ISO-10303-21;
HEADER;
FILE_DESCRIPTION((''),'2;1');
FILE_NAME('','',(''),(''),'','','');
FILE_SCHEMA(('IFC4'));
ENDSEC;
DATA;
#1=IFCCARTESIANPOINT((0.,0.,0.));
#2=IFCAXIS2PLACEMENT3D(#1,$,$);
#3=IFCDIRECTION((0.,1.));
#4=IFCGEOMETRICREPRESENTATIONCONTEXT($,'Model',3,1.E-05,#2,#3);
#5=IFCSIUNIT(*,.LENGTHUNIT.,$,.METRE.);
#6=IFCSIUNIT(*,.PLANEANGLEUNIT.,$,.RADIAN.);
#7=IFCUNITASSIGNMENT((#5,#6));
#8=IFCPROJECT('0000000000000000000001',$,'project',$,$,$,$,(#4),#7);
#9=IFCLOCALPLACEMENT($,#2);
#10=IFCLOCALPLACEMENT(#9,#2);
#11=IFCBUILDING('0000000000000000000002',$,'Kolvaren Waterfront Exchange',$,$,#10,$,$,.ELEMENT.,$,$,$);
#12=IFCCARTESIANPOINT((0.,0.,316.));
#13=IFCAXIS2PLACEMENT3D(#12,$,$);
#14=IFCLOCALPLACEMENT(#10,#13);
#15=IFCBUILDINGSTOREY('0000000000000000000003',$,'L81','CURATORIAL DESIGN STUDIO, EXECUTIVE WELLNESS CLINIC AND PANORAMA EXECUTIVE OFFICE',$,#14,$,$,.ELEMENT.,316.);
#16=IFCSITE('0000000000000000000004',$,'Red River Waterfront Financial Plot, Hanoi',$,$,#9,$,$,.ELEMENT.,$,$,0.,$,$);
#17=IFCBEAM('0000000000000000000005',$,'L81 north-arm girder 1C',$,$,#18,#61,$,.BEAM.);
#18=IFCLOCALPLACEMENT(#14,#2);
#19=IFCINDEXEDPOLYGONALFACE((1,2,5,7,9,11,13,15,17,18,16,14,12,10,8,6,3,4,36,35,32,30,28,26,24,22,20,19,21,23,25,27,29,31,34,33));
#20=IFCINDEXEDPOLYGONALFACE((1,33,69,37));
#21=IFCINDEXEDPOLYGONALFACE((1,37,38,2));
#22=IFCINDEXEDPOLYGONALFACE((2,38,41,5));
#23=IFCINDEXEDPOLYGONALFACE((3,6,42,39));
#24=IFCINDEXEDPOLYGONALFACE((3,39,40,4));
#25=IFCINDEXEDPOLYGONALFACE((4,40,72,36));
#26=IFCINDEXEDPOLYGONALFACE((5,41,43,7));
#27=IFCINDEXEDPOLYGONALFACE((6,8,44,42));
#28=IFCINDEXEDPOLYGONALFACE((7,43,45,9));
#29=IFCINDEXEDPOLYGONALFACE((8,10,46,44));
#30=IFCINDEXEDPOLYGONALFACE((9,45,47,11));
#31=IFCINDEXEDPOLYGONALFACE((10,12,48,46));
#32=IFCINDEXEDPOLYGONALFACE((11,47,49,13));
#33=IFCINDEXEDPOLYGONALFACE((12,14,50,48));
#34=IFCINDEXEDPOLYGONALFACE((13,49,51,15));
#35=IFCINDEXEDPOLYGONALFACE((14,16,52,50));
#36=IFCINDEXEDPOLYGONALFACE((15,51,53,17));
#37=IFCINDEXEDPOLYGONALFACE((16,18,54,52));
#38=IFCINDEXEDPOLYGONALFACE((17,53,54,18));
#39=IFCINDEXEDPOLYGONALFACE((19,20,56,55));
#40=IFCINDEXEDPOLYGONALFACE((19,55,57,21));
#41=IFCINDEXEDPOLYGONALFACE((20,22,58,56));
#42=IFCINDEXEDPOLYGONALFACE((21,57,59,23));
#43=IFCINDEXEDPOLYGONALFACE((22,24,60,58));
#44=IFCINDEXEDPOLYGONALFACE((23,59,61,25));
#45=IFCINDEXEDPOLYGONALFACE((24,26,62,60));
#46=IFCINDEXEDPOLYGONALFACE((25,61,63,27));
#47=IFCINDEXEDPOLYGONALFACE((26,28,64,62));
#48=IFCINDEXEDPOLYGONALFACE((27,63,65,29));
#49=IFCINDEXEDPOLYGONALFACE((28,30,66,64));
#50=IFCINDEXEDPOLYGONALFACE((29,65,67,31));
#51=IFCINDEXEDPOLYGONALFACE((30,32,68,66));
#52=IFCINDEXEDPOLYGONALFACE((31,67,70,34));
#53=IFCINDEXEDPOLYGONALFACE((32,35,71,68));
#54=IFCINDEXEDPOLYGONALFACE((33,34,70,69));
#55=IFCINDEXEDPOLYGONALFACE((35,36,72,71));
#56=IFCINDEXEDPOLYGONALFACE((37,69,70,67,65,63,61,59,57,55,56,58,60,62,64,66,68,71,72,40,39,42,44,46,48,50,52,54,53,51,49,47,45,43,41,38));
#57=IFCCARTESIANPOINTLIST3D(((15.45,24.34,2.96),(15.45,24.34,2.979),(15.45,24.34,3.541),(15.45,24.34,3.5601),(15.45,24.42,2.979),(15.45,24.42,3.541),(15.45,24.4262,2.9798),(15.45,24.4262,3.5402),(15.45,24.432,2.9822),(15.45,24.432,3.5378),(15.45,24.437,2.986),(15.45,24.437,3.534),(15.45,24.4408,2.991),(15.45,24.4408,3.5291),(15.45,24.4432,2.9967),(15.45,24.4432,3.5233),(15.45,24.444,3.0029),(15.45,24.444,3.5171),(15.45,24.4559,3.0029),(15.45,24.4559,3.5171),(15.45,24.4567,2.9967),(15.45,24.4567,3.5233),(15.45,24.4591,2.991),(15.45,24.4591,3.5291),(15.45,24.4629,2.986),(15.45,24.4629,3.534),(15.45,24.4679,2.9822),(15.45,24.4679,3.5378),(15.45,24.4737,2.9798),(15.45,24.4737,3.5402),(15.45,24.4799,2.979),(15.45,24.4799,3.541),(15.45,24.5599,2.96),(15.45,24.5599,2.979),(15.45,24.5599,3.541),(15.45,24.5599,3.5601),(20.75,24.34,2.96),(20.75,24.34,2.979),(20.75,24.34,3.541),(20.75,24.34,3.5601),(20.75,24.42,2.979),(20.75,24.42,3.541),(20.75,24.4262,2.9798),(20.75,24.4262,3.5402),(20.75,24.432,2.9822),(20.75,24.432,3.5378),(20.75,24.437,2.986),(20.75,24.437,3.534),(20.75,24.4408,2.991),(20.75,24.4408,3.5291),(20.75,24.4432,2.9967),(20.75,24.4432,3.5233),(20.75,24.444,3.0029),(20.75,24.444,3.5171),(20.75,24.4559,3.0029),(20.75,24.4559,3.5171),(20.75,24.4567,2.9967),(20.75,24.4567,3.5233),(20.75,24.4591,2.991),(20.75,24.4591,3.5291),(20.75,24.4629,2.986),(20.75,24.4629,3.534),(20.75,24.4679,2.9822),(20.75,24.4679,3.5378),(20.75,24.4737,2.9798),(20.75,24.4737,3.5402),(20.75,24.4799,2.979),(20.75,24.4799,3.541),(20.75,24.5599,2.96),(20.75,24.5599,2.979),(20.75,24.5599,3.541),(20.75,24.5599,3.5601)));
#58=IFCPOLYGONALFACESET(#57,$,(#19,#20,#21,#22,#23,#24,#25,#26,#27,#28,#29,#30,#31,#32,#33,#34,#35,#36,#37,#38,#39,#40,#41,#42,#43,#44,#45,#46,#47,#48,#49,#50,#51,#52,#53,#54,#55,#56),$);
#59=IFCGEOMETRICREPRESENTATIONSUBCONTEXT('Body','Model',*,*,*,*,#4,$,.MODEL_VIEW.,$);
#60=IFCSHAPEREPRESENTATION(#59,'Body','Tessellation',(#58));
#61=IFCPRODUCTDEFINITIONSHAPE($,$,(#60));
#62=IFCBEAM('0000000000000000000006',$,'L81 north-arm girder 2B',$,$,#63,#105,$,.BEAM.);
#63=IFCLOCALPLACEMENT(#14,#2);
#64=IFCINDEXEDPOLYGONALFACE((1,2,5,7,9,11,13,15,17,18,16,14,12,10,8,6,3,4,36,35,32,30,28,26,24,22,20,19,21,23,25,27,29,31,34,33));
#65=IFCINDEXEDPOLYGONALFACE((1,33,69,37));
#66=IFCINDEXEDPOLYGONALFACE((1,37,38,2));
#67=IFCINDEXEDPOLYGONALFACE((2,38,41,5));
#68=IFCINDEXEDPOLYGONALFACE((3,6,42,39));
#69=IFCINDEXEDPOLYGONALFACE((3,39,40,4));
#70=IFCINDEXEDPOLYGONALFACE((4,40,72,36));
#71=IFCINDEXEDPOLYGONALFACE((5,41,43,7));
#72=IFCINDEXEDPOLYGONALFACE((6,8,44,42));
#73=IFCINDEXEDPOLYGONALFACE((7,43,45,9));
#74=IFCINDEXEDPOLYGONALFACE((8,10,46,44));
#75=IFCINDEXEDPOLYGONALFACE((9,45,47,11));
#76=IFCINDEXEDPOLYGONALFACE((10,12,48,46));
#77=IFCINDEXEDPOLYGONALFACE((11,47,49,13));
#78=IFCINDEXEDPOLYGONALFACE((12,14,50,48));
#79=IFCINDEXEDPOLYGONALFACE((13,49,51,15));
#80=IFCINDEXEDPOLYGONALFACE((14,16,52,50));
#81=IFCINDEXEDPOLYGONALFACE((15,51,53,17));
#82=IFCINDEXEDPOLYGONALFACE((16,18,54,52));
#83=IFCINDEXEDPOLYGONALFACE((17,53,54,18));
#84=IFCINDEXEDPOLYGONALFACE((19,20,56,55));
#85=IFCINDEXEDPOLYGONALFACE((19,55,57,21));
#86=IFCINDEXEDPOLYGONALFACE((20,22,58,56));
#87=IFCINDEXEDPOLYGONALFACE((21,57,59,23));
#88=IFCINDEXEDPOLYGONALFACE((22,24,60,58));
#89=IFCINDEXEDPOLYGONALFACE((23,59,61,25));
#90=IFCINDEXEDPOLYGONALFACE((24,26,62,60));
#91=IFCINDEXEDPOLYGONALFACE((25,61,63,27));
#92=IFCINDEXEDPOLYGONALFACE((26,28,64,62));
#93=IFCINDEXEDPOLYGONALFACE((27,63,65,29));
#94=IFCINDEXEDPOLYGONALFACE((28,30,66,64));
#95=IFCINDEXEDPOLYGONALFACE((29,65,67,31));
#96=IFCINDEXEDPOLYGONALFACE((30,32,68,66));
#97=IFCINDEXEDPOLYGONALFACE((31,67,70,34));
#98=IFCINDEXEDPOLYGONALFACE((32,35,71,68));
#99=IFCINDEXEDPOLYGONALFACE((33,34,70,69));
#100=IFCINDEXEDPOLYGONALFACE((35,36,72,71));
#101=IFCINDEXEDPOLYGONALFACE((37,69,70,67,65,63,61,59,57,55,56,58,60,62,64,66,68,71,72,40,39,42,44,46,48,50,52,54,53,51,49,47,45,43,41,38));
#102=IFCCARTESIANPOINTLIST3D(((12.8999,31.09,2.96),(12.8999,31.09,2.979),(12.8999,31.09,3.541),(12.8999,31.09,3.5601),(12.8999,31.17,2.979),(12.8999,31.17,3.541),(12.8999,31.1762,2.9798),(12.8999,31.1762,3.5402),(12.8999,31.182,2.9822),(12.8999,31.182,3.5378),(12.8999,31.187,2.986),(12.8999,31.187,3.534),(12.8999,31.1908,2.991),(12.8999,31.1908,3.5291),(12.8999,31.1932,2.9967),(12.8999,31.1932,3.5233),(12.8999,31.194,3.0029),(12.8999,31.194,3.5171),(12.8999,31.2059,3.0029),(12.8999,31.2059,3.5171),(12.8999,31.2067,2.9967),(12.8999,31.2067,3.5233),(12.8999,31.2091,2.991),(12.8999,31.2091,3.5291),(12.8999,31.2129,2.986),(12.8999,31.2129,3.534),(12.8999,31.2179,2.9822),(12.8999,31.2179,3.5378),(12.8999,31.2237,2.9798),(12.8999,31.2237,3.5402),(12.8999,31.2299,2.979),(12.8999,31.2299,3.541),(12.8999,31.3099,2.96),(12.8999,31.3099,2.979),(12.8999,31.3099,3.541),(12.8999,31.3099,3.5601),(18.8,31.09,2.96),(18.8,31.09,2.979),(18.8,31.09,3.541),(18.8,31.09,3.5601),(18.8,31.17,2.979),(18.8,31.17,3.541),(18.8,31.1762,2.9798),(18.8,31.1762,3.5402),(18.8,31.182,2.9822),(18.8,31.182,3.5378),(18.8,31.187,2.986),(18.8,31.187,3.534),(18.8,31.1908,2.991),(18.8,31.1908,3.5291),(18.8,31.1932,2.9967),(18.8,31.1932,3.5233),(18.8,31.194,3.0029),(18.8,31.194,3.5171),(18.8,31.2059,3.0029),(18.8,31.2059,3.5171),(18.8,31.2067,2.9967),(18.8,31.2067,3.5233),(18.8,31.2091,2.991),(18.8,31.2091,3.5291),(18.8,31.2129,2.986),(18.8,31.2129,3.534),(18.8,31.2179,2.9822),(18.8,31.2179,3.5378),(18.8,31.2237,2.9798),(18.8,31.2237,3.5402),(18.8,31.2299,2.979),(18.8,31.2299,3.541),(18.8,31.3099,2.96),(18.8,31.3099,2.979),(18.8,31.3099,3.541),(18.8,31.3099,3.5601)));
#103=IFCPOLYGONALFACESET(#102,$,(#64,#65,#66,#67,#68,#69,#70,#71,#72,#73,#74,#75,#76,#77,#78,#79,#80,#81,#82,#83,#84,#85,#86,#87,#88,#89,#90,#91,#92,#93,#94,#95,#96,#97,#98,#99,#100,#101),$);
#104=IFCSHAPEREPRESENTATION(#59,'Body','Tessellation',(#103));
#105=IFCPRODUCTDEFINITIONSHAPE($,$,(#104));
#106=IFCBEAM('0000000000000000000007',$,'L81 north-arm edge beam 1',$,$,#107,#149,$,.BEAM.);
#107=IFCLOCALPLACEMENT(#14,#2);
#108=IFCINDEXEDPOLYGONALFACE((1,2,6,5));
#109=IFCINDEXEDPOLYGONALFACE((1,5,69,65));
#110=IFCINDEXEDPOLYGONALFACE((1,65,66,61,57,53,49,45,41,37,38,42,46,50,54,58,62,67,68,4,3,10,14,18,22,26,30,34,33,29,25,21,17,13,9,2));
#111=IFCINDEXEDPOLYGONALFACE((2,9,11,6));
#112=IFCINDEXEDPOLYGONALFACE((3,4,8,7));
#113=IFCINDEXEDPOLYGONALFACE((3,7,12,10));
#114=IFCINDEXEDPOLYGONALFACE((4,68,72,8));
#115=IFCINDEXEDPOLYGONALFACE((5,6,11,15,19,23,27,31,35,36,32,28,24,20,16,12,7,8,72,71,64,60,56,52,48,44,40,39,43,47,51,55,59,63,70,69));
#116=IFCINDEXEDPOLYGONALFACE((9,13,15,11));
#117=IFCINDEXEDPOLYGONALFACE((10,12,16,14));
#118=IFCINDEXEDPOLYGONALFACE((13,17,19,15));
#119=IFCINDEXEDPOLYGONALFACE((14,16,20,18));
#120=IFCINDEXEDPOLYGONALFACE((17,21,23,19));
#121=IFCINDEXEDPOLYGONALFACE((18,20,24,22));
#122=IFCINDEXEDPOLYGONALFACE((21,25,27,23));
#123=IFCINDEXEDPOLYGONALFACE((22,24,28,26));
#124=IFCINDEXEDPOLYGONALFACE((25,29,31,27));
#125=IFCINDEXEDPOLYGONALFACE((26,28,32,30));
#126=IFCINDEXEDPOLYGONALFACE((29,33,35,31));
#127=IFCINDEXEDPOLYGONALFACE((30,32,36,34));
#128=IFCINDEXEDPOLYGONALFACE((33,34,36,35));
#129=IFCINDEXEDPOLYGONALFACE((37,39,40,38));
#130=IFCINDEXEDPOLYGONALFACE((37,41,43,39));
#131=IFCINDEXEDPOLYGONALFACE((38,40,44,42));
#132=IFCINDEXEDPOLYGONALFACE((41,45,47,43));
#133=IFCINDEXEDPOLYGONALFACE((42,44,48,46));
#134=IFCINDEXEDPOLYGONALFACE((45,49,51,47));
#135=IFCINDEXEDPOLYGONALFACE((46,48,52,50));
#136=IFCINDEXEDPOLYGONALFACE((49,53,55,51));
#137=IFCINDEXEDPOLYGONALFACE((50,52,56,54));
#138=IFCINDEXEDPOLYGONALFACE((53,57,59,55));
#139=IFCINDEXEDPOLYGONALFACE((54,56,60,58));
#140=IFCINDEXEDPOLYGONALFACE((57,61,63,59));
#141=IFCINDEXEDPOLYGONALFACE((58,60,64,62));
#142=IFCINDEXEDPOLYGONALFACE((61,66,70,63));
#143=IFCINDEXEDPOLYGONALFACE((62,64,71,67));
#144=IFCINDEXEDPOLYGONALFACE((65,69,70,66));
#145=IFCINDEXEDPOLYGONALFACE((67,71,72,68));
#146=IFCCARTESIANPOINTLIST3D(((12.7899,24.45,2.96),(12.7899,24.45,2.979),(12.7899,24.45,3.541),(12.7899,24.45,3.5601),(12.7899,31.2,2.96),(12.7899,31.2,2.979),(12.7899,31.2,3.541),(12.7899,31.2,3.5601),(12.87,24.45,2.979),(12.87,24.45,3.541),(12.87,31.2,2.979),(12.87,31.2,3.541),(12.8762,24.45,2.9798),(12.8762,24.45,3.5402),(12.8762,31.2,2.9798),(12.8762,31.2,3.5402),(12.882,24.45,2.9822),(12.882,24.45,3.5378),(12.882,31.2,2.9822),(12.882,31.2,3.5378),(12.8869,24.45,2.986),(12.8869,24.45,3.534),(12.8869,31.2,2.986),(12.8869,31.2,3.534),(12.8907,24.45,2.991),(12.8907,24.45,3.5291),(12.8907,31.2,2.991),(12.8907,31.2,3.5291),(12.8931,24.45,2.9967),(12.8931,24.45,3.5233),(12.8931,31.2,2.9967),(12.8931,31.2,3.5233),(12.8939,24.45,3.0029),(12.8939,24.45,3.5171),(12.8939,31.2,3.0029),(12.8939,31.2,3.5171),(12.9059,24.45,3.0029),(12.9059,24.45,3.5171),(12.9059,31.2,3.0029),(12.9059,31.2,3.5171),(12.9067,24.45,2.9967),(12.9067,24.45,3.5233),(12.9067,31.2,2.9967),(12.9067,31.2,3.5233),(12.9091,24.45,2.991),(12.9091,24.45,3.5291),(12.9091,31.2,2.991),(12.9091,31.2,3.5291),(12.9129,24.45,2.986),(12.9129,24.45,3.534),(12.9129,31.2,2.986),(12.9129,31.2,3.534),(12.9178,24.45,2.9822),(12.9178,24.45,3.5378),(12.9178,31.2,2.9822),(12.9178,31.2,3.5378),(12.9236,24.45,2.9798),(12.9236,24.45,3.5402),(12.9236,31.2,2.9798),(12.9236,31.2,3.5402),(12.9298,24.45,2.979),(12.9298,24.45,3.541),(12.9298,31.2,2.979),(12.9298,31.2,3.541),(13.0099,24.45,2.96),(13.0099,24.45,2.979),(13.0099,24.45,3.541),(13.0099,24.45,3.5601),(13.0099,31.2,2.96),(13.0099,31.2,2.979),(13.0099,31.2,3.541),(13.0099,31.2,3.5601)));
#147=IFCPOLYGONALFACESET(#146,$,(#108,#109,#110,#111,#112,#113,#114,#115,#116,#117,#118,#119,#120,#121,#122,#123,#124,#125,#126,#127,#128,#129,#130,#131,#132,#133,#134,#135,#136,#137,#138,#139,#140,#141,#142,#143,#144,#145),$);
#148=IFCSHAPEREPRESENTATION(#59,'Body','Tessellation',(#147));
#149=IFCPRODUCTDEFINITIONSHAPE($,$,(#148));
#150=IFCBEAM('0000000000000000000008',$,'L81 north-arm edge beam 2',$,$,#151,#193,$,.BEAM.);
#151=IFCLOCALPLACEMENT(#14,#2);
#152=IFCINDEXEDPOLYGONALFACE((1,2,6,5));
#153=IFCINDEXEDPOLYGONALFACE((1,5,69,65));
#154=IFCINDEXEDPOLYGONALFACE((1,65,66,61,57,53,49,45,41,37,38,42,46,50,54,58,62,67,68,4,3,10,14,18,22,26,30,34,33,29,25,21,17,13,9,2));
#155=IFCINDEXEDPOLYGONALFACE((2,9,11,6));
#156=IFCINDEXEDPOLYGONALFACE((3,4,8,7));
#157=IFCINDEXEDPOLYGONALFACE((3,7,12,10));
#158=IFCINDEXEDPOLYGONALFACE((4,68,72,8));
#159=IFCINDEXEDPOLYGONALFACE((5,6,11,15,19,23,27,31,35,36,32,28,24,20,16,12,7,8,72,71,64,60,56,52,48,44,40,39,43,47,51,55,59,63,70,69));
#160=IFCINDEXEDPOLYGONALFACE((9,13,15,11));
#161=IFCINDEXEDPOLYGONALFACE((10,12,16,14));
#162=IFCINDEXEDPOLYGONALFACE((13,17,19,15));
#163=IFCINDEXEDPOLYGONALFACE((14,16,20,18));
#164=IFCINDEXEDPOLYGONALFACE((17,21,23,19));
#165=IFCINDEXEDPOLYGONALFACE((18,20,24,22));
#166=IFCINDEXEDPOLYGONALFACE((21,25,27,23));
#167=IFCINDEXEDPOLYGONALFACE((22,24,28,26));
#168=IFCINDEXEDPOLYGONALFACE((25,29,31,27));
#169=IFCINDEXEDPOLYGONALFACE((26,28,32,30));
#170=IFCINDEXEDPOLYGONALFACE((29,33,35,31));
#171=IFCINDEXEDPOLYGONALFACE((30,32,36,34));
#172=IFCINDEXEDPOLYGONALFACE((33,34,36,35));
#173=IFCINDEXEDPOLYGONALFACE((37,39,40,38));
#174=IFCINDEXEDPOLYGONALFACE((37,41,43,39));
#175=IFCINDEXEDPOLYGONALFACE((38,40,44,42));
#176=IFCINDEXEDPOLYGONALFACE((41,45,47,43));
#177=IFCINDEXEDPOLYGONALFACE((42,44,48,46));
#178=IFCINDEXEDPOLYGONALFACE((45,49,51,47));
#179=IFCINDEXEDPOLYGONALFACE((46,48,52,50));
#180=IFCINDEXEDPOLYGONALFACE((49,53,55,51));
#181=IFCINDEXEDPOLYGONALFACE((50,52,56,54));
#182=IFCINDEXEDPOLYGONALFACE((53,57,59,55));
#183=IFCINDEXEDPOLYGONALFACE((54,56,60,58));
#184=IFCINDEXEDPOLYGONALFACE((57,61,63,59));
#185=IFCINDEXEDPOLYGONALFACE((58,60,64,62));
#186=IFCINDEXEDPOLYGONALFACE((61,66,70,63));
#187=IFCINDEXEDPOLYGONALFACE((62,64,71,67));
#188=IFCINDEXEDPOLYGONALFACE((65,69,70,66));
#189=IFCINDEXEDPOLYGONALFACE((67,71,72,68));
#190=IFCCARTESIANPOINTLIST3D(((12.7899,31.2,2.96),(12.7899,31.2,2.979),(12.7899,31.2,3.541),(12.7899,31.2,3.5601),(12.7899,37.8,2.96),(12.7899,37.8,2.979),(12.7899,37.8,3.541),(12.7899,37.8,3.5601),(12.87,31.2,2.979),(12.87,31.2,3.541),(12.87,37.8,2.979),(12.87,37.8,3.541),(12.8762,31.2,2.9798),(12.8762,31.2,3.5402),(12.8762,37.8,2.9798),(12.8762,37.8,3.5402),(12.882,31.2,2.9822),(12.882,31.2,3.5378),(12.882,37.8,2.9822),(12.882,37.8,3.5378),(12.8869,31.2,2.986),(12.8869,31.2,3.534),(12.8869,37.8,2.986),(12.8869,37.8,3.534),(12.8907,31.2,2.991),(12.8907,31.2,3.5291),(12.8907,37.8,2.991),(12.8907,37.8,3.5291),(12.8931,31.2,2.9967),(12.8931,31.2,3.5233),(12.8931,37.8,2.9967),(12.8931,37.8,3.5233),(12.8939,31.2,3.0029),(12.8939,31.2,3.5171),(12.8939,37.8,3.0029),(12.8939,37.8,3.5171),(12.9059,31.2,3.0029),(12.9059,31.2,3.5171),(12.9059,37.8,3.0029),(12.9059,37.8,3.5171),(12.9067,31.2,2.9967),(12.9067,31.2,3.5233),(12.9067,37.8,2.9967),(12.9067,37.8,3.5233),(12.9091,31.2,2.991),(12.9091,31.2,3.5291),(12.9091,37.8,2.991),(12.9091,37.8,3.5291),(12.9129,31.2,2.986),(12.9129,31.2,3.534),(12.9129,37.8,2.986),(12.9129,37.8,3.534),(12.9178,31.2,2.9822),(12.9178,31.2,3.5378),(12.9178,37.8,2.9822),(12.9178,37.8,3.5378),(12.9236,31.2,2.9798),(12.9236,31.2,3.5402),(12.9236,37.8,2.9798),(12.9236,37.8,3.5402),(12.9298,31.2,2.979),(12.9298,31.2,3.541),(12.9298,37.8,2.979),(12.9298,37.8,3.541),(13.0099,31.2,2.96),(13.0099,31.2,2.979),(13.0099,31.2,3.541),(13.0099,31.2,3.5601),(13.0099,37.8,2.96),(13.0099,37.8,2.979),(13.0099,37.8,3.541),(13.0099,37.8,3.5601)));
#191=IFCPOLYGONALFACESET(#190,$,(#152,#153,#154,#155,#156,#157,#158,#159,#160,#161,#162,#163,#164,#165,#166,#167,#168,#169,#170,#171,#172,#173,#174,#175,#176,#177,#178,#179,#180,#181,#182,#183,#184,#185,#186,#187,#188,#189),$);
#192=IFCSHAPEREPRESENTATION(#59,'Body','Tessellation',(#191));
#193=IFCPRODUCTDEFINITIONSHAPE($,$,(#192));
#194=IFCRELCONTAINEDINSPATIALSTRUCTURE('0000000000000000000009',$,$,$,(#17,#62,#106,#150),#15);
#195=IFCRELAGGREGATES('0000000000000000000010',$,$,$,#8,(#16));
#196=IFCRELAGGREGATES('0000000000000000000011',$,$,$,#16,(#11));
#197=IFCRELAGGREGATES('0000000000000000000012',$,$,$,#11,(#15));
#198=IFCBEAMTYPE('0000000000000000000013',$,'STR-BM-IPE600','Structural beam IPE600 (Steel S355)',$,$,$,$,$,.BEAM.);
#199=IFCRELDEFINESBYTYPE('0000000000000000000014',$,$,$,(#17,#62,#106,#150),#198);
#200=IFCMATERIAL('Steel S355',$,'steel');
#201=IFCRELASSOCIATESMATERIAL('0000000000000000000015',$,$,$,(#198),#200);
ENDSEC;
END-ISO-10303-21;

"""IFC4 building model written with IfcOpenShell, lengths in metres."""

from ifc_helpers import new_model, si_unit, direction, frame, origin, origin_2d, place, context, subcontext, project, spatial, i_section, extrude, material, material_profile, profile_set, type_object, element, save


model = new_model("IFC4")

# Units and contexts
model_context = context("Model", 3, precision=1e-05, world=origin(), true_north=direction((0.0, 1.0)))
body_context = subcontext(model_context, "Body", "Model", "MODEL_VIEW")
ifc_project = project(units=[si_unit("LENGTHUNIT", "METRE"), si_unit("PLANEANGLEUNIT", "RADIAN")], contexts=[model_context])

# Site, building, storey
site_placement = place(None, origin())
site = spatial("IfcSite", under=ifc_project, at=site_placement, Name="Red River Waterfront Financial Plot, Hanoi", CompositionType="ELEMENT", RefElevation=0.0)
building_placement = place(site_placement, origin())
building = spatial("IfcBuilding", under=site, at=building_placement, Name="Kolvaren Waterfront Exchange", CompositionType="ELEMENT")
storey_placement = place(building_placement, frame((0.0, 0.0, 316.0)))
storey = spatial("IfcBuildingStorey", under=building, at=storey_placement, Name="L81", Description="CURATORIAL DESIGN STUDIO, EXECUTIVE WELLNESS CLINIC AND PANORAMA EXECUTIVE OFFICE", CompositionType="ELEMENT", Elevation=316.0)

# Beams
ifc_material_1 = material(Name="Steel S355", Category="steel")
ifc_material_profile_1 = material_profile(ifc_material_1, i_section(OverallWidth=0.22, OverallDepth=0.6001, WebThickness=0.012, FlangeThickness=0.019, FilletRadius=0.0239, at=origin_2d()), Name="IPE600")
ifc_profile_set_1 = profile_set([ifc_material_profile_1], Name="Steel S355")
beam_type_1 = type_object("IfcBeamType", Name="STR-BM-IPE600", Description="Structural beam IPE600 (Steel S355)", PredefinedType="BEAM", material=ifc_profile_set_1)
beam_1_placement = place(storey_placement, frame((15.45, 24.45, 3.26), z_axis=(1.0, 0.0, 0.0), x_axis=(0.0, 1.0, 0.0)))
element("IfcBeam", 1, at=beam_1_placement, inside=storey, type_object=beam_type_1, Name="L81 north-arm girder 1C", PredefinedType="BEAM", context=body_context, shape_type="SweptSolid", body=[
    extrude(i_section(OverallWidth=0.22, OverallDepth=0.6001, WebThickness=0.012, FlangeThickness=0.019, FilletRadius=0.0239, at=origin_2d()), origin(), (0.0, 0.0, 1.0), 5.3),
])
beam_2_placement = place(storey_placement, frame((12.8999, 31.2, 3.26), z_axis=(1.0, 0.0, 0.0), x_axis=(0.0, 1.0, 0.0)))
element("IfcBeam", 2, at=beam_2_placement, inside=storey, type_object=beam_type_1, Name="L81 north-arm girder 2B", PredefinedType="BEAM", context=body_context, shape_type="SweptSolid", body=[
    extrude(i_section(OverallWidth=0.22, OverallDepth=0.6001, WebThickness=0.012, FlangeThickness=0.019, FilletRadius=0.0239, at=origin_2d()), origin(), (0.0, 0.0, 1.0), 5.9001),
])
beam_3_placement = place(storey_placement, frame((12.8999, 24.45, 3.26), z_axis=(0.0, 1.0, 0.0), x_axis=(-1.0, 0.0, 0.0)))
element("IfcBeam", 3, at=beam_3_placement, inside=storey, type_object=beam_type_1, Name="L81 north-arm edge beam 1", PredefinedType="BEAM", context=body_context, shape_type="SweptSolid", body=[
    extrude(i_section(OverallWidth=0.22, OverallDepth=0.6001, WebThickness=0.012, FlangeThickness=0.019, FilletRadius=0.0239, at=origin_2d()), origin(), (0.0, 0.0, 1.0), 6.75),
])
beam_4_placement = place(storey_placement, frame((12.8999, 31.2, 3.26), z_axis=(0.0, 1.0, 0.0), x_axis=(-1.0, 0.0, 0.0)))
element("IfcBeam", 4, at=beam_4_placement, inside=storey, type_object=beam_type_1, Name="L81 north-arm edge beam 2", PredefinedType="BEAM", context=body_context, shape_type="SweptSolid", body=[
    extrude(i_section(OverallWidth=0.22, OverallDepth=0.6001, WebThickness=0.012, FlangeThickness=0.019, FilletRadius=0.0239, at=origin_2d()), origin(), (0.0, 0.0, 1.0), 6.6001),
])

save(model, "model.ifc")
